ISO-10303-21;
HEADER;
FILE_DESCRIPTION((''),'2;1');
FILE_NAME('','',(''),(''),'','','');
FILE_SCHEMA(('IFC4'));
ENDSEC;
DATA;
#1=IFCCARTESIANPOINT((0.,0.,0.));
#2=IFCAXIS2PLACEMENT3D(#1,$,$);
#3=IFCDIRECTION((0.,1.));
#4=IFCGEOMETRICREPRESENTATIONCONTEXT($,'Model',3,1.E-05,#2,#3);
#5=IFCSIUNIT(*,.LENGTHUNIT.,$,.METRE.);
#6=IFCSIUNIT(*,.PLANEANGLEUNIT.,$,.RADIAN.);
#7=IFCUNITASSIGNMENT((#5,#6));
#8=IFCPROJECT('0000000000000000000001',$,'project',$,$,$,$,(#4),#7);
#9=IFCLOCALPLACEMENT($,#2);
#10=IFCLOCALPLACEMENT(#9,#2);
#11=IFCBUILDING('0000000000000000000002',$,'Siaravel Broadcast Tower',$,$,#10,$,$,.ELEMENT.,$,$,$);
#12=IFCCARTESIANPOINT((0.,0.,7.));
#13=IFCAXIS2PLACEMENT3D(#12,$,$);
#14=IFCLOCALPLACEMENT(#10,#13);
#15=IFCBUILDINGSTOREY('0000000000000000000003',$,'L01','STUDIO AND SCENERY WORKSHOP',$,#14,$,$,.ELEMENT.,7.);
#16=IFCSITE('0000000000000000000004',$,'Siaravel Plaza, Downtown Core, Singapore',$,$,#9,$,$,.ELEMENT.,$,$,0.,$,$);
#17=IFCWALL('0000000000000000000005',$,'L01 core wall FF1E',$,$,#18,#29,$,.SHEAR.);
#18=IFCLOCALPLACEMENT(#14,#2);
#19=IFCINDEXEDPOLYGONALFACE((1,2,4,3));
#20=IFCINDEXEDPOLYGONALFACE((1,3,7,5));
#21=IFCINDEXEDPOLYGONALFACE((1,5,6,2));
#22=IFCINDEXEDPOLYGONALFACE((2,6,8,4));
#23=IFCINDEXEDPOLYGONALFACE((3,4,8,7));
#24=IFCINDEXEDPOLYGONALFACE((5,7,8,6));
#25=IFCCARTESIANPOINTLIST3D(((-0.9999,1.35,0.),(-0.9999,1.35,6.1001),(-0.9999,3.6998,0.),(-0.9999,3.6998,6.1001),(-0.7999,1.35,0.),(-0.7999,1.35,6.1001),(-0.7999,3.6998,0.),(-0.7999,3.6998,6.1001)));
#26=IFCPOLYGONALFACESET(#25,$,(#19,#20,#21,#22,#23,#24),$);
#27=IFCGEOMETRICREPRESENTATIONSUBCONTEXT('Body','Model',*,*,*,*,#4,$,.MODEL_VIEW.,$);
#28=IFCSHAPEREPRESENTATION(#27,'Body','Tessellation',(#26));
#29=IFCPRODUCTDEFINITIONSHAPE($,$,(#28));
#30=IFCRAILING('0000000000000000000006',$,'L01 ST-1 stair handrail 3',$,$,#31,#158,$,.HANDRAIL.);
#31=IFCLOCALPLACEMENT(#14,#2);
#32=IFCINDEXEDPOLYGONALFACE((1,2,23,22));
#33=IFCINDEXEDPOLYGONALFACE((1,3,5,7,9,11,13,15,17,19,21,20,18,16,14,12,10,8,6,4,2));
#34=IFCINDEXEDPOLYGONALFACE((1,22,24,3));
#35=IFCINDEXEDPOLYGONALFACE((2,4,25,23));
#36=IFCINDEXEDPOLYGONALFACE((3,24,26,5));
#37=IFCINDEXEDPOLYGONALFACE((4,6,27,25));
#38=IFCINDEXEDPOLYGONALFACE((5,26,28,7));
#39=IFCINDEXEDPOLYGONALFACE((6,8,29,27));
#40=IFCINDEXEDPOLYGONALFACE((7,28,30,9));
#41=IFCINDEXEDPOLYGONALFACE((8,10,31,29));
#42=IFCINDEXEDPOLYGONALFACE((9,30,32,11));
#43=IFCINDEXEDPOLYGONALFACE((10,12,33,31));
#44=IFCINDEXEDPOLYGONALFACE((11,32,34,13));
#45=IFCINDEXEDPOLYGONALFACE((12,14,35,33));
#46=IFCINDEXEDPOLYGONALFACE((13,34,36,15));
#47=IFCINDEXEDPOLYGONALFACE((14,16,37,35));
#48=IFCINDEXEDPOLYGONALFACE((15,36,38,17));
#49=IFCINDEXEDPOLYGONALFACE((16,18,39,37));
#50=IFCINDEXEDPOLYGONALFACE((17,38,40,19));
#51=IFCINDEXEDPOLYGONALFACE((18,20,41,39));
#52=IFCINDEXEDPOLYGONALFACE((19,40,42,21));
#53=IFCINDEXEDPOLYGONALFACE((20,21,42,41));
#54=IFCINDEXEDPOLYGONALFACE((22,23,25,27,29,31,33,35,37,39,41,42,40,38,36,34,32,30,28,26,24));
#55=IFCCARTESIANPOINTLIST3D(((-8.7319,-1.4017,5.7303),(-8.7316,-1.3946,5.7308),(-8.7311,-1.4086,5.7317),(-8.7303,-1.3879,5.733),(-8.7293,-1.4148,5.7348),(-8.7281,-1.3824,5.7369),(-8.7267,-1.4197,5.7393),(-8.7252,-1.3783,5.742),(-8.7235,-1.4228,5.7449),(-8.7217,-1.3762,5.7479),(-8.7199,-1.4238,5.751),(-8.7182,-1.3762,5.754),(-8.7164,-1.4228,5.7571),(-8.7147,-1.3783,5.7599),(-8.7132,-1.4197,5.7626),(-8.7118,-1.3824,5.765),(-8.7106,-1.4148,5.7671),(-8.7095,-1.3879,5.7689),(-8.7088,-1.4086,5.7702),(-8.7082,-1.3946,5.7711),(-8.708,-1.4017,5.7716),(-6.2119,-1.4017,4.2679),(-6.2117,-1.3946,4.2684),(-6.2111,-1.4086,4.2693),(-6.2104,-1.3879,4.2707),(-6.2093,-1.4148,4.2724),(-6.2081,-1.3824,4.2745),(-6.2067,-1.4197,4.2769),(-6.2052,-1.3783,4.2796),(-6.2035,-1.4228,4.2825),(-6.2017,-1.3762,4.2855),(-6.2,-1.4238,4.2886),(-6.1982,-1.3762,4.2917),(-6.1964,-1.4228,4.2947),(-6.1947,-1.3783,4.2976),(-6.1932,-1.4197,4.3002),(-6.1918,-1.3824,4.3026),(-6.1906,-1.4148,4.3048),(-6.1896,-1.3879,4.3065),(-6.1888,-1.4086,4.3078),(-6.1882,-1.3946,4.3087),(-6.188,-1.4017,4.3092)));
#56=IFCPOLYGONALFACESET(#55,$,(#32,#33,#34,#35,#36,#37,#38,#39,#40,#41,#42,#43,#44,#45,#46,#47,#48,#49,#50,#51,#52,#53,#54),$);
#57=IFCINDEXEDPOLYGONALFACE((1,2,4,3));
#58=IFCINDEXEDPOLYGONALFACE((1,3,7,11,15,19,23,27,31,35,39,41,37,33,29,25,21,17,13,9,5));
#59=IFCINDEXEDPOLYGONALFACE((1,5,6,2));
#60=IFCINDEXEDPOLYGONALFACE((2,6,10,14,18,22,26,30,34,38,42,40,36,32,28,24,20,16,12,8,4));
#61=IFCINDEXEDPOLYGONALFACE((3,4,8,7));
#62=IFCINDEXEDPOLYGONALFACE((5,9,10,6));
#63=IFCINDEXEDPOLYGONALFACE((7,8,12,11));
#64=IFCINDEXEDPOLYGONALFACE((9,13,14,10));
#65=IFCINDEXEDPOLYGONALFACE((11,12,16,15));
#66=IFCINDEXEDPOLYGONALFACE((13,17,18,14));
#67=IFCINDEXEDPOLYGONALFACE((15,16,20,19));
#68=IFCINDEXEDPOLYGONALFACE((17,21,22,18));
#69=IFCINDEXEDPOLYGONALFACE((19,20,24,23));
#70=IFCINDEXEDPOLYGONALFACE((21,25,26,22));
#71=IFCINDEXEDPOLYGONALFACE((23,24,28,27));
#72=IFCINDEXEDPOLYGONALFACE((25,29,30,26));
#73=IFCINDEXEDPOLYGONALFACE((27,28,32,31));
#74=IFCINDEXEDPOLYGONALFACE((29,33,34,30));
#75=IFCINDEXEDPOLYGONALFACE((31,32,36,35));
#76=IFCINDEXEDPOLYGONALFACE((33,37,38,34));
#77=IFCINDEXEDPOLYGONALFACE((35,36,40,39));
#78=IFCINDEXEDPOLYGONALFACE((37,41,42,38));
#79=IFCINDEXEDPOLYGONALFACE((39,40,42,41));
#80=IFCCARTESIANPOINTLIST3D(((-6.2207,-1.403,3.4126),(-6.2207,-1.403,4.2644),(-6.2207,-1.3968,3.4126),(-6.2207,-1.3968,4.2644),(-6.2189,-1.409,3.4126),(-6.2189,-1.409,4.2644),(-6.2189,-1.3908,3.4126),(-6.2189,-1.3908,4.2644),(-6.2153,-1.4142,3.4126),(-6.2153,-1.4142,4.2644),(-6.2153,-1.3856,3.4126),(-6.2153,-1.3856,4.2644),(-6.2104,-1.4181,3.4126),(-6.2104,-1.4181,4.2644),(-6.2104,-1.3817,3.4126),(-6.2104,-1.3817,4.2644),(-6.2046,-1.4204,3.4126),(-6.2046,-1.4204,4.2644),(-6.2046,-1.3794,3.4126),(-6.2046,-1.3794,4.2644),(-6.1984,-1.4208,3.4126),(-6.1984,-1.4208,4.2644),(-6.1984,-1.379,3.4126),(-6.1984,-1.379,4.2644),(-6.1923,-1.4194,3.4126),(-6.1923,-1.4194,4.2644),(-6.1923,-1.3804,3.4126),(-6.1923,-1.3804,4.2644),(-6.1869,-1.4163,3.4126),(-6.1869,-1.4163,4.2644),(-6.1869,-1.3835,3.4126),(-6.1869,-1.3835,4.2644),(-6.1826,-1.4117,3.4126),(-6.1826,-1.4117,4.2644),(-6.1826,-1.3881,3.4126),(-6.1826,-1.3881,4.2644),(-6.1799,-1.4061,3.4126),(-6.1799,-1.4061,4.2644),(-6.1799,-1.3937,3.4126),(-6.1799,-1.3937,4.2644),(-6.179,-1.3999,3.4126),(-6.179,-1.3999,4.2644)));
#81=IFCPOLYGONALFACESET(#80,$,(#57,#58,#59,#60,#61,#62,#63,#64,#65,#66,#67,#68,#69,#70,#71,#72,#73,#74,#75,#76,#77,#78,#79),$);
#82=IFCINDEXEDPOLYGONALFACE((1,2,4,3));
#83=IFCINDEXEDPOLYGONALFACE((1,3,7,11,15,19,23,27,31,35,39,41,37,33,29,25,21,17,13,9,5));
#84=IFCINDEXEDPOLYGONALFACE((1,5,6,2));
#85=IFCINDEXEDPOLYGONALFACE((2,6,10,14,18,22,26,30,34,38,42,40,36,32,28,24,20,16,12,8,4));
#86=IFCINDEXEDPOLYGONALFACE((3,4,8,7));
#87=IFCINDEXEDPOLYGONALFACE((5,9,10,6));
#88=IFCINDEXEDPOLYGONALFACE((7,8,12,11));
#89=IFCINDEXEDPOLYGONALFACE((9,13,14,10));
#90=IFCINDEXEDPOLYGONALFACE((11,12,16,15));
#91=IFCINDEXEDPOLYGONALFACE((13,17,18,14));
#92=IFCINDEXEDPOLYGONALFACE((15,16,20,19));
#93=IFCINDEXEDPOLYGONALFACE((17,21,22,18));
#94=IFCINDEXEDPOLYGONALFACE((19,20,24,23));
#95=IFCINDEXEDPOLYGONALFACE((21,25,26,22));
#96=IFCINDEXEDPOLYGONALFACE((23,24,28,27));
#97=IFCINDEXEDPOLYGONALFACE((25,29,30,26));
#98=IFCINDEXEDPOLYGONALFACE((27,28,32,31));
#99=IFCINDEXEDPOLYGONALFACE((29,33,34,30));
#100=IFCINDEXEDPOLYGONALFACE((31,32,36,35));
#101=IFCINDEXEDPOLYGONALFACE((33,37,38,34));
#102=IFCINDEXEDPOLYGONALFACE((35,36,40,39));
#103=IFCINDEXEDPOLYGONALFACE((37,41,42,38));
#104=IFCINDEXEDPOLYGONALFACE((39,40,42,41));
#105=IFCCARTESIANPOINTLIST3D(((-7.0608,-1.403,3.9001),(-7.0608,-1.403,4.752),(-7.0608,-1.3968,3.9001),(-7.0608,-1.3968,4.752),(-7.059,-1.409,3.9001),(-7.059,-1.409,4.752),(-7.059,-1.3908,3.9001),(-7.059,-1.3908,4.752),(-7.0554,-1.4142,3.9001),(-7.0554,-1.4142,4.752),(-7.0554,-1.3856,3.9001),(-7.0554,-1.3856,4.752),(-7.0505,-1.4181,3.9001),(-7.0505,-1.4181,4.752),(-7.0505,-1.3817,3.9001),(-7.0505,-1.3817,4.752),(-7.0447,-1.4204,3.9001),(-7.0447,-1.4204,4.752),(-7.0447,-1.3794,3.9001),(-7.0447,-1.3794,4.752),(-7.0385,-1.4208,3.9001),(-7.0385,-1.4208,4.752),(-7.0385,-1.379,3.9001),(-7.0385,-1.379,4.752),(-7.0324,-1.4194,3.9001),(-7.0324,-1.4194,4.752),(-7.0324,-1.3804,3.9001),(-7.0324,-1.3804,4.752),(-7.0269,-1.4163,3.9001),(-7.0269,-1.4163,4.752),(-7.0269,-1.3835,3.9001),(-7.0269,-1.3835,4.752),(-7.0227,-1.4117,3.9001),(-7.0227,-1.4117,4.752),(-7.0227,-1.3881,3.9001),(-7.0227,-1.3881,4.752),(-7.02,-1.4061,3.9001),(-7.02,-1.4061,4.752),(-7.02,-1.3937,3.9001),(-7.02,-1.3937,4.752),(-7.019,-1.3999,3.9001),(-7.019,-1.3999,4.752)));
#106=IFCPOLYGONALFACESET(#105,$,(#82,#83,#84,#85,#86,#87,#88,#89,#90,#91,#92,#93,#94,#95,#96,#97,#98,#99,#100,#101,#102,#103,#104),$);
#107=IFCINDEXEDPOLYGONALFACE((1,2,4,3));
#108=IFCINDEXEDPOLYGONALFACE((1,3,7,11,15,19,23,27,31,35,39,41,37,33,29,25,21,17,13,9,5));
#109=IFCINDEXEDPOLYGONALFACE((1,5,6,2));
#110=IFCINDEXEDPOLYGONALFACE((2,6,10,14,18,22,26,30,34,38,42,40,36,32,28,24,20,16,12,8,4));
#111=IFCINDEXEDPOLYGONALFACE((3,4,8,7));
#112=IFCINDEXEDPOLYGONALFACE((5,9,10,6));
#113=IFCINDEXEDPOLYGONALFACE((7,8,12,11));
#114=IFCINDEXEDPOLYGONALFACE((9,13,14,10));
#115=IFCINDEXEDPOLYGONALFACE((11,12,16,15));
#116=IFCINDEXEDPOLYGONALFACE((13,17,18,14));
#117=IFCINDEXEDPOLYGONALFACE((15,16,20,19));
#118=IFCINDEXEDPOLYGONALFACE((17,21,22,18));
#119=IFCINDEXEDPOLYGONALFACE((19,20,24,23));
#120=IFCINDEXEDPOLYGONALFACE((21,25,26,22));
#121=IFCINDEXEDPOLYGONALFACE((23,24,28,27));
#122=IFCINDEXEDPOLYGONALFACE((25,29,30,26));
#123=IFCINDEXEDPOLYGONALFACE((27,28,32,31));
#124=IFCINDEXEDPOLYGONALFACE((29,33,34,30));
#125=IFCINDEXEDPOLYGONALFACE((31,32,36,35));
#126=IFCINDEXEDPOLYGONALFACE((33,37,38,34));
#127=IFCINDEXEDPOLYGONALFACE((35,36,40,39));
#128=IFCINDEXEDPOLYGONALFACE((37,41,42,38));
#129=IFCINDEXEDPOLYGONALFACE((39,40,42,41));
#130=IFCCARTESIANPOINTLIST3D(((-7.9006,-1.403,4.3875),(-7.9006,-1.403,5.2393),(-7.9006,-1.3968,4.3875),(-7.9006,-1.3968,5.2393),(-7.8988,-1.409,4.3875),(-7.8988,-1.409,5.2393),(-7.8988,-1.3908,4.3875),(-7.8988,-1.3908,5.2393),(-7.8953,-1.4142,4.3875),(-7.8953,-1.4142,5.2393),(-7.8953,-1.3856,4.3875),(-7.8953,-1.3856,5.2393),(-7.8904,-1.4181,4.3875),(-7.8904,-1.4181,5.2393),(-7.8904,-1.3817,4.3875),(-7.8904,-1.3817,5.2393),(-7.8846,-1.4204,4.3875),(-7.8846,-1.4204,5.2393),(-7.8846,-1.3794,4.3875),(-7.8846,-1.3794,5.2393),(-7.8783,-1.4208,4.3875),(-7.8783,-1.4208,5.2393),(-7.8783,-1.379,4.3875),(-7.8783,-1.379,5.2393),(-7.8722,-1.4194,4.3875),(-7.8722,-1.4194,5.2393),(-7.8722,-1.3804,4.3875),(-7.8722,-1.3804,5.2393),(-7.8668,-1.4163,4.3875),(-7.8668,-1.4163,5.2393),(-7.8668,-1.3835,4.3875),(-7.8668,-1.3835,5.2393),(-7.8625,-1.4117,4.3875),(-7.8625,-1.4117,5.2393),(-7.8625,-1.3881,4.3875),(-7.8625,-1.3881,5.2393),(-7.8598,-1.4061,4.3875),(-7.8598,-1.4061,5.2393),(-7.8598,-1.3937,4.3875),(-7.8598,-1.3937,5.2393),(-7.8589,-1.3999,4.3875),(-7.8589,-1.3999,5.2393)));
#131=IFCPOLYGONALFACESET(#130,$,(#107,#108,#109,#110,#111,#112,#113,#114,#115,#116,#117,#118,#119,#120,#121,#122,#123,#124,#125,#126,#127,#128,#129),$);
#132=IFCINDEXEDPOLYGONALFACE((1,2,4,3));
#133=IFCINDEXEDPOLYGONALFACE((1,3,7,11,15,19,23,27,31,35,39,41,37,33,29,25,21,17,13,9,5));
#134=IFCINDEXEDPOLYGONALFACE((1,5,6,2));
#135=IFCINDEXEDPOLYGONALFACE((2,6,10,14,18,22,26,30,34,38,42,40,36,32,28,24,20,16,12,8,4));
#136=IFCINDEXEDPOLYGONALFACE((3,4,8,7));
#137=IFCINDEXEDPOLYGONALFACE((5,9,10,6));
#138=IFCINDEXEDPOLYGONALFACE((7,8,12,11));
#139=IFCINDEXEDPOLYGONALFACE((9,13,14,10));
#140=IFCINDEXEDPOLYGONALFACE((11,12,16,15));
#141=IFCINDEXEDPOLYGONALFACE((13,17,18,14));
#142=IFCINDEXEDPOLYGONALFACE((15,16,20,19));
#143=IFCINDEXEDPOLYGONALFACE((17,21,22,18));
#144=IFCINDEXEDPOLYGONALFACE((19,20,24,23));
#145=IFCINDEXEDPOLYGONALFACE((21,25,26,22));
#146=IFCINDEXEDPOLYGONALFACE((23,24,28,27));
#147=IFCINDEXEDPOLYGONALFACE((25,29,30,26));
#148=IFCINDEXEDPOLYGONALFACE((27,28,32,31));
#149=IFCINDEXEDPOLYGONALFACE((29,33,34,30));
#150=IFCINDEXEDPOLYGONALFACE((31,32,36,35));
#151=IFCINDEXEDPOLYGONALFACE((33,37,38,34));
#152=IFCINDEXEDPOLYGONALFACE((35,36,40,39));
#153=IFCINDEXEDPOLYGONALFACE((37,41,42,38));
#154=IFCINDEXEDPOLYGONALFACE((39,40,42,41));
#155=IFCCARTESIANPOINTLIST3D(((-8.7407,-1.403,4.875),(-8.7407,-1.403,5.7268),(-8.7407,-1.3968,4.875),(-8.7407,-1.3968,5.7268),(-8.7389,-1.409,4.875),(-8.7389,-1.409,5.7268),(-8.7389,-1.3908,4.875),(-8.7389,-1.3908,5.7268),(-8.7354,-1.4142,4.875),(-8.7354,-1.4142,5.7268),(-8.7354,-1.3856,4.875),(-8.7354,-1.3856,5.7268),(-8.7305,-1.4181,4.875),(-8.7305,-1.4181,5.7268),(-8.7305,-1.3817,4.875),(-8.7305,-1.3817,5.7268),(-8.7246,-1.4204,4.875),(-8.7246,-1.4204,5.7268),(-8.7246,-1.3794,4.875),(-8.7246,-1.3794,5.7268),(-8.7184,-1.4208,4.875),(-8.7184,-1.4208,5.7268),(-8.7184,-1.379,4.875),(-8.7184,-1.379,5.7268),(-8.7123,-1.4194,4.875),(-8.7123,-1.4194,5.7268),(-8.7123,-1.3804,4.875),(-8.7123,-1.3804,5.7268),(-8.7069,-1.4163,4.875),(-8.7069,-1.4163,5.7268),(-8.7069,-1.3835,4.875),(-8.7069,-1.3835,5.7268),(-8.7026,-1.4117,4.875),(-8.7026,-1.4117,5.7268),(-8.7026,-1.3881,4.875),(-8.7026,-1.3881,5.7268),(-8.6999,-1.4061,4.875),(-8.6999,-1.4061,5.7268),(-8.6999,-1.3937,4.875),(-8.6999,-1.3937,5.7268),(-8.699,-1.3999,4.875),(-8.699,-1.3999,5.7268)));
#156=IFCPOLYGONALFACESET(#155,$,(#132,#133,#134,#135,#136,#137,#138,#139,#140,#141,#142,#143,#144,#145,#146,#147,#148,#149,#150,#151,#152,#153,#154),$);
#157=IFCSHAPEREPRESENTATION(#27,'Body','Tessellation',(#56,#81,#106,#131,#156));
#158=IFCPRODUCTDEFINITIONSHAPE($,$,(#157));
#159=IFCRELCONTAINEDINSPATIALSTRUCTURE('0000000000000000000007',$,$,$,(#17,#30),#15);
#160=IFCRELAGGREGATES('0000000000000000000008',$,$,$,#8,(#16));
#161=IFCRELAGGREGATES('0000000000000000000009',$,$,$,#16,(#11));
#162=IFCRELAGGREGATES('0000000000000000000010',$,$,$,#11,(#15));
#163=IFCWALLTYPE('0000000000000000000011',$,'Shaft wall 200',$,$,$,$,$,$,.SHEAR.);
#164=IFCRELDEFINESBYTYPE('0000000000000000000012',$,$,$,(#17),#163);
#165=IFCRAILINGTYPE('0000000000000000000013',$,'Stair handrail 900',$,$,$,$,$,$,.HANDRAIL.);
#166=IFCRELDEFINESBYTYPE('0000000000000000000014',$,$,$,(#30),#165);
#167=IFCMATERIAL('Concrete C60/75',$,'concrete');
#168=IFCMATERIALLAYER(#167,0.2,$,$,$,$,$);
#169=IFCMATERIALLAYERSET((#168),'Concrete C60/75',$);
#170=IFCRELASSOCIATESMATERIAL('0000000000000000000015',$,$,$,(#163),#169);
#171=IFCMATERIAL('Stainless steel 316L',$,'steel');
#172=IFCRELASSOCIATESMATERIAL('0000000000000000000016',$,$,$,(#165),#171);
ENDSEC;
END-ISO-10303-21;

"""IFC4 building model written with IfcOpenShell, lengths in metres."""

from ifc_helpers import new_model, si_unit, direction, frame, frame_2d, origin, origin_2d, place, context, subcontext, project, spatial, rectangle, circle, extrude, material, layer, layer_set, type_object, element, save


model = new_model("IFC4")

# Units and contexts
model_context = context("Model", 3, precision=1e-05, world=origin(), true_north=direction((0.0, 1.0)))
body_context = subcontext(model_context, "Body", "Model", "MODEL_VIEW")
ifc_project = project(units=[si_unit("LENGTHUNIT", "METRE"), si_unit("PLANEANGLEUNIT", "RADIAN")], contexts=[model_context])

# Site, building, storey
site_placement = place(None, origin())
site = spatial("IfcSite", under=ifc_project, at=site_placement, Name="Siaravel Plaza, Downtown Core, Singapore", CompositionType="ELEMENT", RefElevation=0.0)
building_placement = place(site_placement, origin())
building = spatial("IfcBuilding", under=site, at=building_placement, Name="Siaravel Broadcast Tower", CompositionType="ELEMENT")
storey_placement = place(building_placement, frame((0.0, 0.0, 7.0)))
storey = spatial("IfcBuildingStorey", under=building, at=storey_placement, Name="L01", Description="STUDIO AND SCENERY WORKSHOP", CompositionType="ELEMENT", Elevation=7.0)

# Shared definitions
ifc_material_1 = material(Name="Concrete C60/75", Category="concrete")
ifc_material_2 = material(Name="Stainless steel 316L", Category="steel")

# Wall
ifc_layer_1 = layer(ifc_material_1, 0.2)
ifc_layer_set_1 = layer_set([ifc_layer_1], Name="Concrete C60/75")
wall_type_1 = type_object("IfcWallType", Name="Shaft wall 200", PredefinedType="SHEAR", material=ifc_layer_set_1)
wall_1_placement = place(storey_placement, frame((-0.8999, 1.3501, 0.0), z_axis=(0.0, 0.0, 1.0), x_axis=(0.0, 1.0, 0.0)))
element("IfcWall", 1, at=wall_1_placement, inside=storey, type_object=wall_type_1, Name="L01 core wall FF1E", PredefinedType="SHEAR", context=body_context, shape_type="SweptSolid", body=[
    extrude(rectangle(XDim=2.3499, YDim=0.2, at=frame_2d((1.1748, 0.0))), origin(), (0.0, 0.0, 1.0), 6.1001),
])

# Railing
railing_type = type_object("IfcRailingType", Name="Stair handrail 900", PredefinedType="HANDRAIL", material=ifc_material_2)
railing_placement = place(storey_placement, frame((-6.2, -1.3999, 3.4126)))
element("IfcRailing", 2, at=railing_placement, inside=storey, type_object=railing_type, Name="L01 ST-1 stair handrail 3", PredefinedType="HANDRAIL", context=body_context, shape_type="SweptSolid", body=[
    extrude(circle(Radius=0.0239, at=origin_2d()), frame((0.0, 0.0, 0.876), z_axis=(-0.864913, 0.0, 0.501921), x_axis=(0.0, -1.0, 0.0)), (0.0, 0.0, 1.0), 2.9136),
    extrude(circle(Radius=0.021, at=origin_2d()), origin(), (0.0, 0.0, 1.0), 0.8518),
    extrude(circle(Radius=0.021, at=origin_2d()), frame((-0.8401, 0.0, 0.4875)), (0.0, 0.0, 1.0), 0.8518),
    extrude(circle(Radius=0.021, at=origin_2d()), frame((-1.6799, 0.0, 0.9749)), (0.0, 0.0, 1.0), 0.8518),
    extrude(circle(Radius=0.021, at=origin_2d()), frame((-2.52, 0.0, 1.4624)), (0.0, 0.0, 1.0), 0.8518),
])

save(model, "model.ifc")
